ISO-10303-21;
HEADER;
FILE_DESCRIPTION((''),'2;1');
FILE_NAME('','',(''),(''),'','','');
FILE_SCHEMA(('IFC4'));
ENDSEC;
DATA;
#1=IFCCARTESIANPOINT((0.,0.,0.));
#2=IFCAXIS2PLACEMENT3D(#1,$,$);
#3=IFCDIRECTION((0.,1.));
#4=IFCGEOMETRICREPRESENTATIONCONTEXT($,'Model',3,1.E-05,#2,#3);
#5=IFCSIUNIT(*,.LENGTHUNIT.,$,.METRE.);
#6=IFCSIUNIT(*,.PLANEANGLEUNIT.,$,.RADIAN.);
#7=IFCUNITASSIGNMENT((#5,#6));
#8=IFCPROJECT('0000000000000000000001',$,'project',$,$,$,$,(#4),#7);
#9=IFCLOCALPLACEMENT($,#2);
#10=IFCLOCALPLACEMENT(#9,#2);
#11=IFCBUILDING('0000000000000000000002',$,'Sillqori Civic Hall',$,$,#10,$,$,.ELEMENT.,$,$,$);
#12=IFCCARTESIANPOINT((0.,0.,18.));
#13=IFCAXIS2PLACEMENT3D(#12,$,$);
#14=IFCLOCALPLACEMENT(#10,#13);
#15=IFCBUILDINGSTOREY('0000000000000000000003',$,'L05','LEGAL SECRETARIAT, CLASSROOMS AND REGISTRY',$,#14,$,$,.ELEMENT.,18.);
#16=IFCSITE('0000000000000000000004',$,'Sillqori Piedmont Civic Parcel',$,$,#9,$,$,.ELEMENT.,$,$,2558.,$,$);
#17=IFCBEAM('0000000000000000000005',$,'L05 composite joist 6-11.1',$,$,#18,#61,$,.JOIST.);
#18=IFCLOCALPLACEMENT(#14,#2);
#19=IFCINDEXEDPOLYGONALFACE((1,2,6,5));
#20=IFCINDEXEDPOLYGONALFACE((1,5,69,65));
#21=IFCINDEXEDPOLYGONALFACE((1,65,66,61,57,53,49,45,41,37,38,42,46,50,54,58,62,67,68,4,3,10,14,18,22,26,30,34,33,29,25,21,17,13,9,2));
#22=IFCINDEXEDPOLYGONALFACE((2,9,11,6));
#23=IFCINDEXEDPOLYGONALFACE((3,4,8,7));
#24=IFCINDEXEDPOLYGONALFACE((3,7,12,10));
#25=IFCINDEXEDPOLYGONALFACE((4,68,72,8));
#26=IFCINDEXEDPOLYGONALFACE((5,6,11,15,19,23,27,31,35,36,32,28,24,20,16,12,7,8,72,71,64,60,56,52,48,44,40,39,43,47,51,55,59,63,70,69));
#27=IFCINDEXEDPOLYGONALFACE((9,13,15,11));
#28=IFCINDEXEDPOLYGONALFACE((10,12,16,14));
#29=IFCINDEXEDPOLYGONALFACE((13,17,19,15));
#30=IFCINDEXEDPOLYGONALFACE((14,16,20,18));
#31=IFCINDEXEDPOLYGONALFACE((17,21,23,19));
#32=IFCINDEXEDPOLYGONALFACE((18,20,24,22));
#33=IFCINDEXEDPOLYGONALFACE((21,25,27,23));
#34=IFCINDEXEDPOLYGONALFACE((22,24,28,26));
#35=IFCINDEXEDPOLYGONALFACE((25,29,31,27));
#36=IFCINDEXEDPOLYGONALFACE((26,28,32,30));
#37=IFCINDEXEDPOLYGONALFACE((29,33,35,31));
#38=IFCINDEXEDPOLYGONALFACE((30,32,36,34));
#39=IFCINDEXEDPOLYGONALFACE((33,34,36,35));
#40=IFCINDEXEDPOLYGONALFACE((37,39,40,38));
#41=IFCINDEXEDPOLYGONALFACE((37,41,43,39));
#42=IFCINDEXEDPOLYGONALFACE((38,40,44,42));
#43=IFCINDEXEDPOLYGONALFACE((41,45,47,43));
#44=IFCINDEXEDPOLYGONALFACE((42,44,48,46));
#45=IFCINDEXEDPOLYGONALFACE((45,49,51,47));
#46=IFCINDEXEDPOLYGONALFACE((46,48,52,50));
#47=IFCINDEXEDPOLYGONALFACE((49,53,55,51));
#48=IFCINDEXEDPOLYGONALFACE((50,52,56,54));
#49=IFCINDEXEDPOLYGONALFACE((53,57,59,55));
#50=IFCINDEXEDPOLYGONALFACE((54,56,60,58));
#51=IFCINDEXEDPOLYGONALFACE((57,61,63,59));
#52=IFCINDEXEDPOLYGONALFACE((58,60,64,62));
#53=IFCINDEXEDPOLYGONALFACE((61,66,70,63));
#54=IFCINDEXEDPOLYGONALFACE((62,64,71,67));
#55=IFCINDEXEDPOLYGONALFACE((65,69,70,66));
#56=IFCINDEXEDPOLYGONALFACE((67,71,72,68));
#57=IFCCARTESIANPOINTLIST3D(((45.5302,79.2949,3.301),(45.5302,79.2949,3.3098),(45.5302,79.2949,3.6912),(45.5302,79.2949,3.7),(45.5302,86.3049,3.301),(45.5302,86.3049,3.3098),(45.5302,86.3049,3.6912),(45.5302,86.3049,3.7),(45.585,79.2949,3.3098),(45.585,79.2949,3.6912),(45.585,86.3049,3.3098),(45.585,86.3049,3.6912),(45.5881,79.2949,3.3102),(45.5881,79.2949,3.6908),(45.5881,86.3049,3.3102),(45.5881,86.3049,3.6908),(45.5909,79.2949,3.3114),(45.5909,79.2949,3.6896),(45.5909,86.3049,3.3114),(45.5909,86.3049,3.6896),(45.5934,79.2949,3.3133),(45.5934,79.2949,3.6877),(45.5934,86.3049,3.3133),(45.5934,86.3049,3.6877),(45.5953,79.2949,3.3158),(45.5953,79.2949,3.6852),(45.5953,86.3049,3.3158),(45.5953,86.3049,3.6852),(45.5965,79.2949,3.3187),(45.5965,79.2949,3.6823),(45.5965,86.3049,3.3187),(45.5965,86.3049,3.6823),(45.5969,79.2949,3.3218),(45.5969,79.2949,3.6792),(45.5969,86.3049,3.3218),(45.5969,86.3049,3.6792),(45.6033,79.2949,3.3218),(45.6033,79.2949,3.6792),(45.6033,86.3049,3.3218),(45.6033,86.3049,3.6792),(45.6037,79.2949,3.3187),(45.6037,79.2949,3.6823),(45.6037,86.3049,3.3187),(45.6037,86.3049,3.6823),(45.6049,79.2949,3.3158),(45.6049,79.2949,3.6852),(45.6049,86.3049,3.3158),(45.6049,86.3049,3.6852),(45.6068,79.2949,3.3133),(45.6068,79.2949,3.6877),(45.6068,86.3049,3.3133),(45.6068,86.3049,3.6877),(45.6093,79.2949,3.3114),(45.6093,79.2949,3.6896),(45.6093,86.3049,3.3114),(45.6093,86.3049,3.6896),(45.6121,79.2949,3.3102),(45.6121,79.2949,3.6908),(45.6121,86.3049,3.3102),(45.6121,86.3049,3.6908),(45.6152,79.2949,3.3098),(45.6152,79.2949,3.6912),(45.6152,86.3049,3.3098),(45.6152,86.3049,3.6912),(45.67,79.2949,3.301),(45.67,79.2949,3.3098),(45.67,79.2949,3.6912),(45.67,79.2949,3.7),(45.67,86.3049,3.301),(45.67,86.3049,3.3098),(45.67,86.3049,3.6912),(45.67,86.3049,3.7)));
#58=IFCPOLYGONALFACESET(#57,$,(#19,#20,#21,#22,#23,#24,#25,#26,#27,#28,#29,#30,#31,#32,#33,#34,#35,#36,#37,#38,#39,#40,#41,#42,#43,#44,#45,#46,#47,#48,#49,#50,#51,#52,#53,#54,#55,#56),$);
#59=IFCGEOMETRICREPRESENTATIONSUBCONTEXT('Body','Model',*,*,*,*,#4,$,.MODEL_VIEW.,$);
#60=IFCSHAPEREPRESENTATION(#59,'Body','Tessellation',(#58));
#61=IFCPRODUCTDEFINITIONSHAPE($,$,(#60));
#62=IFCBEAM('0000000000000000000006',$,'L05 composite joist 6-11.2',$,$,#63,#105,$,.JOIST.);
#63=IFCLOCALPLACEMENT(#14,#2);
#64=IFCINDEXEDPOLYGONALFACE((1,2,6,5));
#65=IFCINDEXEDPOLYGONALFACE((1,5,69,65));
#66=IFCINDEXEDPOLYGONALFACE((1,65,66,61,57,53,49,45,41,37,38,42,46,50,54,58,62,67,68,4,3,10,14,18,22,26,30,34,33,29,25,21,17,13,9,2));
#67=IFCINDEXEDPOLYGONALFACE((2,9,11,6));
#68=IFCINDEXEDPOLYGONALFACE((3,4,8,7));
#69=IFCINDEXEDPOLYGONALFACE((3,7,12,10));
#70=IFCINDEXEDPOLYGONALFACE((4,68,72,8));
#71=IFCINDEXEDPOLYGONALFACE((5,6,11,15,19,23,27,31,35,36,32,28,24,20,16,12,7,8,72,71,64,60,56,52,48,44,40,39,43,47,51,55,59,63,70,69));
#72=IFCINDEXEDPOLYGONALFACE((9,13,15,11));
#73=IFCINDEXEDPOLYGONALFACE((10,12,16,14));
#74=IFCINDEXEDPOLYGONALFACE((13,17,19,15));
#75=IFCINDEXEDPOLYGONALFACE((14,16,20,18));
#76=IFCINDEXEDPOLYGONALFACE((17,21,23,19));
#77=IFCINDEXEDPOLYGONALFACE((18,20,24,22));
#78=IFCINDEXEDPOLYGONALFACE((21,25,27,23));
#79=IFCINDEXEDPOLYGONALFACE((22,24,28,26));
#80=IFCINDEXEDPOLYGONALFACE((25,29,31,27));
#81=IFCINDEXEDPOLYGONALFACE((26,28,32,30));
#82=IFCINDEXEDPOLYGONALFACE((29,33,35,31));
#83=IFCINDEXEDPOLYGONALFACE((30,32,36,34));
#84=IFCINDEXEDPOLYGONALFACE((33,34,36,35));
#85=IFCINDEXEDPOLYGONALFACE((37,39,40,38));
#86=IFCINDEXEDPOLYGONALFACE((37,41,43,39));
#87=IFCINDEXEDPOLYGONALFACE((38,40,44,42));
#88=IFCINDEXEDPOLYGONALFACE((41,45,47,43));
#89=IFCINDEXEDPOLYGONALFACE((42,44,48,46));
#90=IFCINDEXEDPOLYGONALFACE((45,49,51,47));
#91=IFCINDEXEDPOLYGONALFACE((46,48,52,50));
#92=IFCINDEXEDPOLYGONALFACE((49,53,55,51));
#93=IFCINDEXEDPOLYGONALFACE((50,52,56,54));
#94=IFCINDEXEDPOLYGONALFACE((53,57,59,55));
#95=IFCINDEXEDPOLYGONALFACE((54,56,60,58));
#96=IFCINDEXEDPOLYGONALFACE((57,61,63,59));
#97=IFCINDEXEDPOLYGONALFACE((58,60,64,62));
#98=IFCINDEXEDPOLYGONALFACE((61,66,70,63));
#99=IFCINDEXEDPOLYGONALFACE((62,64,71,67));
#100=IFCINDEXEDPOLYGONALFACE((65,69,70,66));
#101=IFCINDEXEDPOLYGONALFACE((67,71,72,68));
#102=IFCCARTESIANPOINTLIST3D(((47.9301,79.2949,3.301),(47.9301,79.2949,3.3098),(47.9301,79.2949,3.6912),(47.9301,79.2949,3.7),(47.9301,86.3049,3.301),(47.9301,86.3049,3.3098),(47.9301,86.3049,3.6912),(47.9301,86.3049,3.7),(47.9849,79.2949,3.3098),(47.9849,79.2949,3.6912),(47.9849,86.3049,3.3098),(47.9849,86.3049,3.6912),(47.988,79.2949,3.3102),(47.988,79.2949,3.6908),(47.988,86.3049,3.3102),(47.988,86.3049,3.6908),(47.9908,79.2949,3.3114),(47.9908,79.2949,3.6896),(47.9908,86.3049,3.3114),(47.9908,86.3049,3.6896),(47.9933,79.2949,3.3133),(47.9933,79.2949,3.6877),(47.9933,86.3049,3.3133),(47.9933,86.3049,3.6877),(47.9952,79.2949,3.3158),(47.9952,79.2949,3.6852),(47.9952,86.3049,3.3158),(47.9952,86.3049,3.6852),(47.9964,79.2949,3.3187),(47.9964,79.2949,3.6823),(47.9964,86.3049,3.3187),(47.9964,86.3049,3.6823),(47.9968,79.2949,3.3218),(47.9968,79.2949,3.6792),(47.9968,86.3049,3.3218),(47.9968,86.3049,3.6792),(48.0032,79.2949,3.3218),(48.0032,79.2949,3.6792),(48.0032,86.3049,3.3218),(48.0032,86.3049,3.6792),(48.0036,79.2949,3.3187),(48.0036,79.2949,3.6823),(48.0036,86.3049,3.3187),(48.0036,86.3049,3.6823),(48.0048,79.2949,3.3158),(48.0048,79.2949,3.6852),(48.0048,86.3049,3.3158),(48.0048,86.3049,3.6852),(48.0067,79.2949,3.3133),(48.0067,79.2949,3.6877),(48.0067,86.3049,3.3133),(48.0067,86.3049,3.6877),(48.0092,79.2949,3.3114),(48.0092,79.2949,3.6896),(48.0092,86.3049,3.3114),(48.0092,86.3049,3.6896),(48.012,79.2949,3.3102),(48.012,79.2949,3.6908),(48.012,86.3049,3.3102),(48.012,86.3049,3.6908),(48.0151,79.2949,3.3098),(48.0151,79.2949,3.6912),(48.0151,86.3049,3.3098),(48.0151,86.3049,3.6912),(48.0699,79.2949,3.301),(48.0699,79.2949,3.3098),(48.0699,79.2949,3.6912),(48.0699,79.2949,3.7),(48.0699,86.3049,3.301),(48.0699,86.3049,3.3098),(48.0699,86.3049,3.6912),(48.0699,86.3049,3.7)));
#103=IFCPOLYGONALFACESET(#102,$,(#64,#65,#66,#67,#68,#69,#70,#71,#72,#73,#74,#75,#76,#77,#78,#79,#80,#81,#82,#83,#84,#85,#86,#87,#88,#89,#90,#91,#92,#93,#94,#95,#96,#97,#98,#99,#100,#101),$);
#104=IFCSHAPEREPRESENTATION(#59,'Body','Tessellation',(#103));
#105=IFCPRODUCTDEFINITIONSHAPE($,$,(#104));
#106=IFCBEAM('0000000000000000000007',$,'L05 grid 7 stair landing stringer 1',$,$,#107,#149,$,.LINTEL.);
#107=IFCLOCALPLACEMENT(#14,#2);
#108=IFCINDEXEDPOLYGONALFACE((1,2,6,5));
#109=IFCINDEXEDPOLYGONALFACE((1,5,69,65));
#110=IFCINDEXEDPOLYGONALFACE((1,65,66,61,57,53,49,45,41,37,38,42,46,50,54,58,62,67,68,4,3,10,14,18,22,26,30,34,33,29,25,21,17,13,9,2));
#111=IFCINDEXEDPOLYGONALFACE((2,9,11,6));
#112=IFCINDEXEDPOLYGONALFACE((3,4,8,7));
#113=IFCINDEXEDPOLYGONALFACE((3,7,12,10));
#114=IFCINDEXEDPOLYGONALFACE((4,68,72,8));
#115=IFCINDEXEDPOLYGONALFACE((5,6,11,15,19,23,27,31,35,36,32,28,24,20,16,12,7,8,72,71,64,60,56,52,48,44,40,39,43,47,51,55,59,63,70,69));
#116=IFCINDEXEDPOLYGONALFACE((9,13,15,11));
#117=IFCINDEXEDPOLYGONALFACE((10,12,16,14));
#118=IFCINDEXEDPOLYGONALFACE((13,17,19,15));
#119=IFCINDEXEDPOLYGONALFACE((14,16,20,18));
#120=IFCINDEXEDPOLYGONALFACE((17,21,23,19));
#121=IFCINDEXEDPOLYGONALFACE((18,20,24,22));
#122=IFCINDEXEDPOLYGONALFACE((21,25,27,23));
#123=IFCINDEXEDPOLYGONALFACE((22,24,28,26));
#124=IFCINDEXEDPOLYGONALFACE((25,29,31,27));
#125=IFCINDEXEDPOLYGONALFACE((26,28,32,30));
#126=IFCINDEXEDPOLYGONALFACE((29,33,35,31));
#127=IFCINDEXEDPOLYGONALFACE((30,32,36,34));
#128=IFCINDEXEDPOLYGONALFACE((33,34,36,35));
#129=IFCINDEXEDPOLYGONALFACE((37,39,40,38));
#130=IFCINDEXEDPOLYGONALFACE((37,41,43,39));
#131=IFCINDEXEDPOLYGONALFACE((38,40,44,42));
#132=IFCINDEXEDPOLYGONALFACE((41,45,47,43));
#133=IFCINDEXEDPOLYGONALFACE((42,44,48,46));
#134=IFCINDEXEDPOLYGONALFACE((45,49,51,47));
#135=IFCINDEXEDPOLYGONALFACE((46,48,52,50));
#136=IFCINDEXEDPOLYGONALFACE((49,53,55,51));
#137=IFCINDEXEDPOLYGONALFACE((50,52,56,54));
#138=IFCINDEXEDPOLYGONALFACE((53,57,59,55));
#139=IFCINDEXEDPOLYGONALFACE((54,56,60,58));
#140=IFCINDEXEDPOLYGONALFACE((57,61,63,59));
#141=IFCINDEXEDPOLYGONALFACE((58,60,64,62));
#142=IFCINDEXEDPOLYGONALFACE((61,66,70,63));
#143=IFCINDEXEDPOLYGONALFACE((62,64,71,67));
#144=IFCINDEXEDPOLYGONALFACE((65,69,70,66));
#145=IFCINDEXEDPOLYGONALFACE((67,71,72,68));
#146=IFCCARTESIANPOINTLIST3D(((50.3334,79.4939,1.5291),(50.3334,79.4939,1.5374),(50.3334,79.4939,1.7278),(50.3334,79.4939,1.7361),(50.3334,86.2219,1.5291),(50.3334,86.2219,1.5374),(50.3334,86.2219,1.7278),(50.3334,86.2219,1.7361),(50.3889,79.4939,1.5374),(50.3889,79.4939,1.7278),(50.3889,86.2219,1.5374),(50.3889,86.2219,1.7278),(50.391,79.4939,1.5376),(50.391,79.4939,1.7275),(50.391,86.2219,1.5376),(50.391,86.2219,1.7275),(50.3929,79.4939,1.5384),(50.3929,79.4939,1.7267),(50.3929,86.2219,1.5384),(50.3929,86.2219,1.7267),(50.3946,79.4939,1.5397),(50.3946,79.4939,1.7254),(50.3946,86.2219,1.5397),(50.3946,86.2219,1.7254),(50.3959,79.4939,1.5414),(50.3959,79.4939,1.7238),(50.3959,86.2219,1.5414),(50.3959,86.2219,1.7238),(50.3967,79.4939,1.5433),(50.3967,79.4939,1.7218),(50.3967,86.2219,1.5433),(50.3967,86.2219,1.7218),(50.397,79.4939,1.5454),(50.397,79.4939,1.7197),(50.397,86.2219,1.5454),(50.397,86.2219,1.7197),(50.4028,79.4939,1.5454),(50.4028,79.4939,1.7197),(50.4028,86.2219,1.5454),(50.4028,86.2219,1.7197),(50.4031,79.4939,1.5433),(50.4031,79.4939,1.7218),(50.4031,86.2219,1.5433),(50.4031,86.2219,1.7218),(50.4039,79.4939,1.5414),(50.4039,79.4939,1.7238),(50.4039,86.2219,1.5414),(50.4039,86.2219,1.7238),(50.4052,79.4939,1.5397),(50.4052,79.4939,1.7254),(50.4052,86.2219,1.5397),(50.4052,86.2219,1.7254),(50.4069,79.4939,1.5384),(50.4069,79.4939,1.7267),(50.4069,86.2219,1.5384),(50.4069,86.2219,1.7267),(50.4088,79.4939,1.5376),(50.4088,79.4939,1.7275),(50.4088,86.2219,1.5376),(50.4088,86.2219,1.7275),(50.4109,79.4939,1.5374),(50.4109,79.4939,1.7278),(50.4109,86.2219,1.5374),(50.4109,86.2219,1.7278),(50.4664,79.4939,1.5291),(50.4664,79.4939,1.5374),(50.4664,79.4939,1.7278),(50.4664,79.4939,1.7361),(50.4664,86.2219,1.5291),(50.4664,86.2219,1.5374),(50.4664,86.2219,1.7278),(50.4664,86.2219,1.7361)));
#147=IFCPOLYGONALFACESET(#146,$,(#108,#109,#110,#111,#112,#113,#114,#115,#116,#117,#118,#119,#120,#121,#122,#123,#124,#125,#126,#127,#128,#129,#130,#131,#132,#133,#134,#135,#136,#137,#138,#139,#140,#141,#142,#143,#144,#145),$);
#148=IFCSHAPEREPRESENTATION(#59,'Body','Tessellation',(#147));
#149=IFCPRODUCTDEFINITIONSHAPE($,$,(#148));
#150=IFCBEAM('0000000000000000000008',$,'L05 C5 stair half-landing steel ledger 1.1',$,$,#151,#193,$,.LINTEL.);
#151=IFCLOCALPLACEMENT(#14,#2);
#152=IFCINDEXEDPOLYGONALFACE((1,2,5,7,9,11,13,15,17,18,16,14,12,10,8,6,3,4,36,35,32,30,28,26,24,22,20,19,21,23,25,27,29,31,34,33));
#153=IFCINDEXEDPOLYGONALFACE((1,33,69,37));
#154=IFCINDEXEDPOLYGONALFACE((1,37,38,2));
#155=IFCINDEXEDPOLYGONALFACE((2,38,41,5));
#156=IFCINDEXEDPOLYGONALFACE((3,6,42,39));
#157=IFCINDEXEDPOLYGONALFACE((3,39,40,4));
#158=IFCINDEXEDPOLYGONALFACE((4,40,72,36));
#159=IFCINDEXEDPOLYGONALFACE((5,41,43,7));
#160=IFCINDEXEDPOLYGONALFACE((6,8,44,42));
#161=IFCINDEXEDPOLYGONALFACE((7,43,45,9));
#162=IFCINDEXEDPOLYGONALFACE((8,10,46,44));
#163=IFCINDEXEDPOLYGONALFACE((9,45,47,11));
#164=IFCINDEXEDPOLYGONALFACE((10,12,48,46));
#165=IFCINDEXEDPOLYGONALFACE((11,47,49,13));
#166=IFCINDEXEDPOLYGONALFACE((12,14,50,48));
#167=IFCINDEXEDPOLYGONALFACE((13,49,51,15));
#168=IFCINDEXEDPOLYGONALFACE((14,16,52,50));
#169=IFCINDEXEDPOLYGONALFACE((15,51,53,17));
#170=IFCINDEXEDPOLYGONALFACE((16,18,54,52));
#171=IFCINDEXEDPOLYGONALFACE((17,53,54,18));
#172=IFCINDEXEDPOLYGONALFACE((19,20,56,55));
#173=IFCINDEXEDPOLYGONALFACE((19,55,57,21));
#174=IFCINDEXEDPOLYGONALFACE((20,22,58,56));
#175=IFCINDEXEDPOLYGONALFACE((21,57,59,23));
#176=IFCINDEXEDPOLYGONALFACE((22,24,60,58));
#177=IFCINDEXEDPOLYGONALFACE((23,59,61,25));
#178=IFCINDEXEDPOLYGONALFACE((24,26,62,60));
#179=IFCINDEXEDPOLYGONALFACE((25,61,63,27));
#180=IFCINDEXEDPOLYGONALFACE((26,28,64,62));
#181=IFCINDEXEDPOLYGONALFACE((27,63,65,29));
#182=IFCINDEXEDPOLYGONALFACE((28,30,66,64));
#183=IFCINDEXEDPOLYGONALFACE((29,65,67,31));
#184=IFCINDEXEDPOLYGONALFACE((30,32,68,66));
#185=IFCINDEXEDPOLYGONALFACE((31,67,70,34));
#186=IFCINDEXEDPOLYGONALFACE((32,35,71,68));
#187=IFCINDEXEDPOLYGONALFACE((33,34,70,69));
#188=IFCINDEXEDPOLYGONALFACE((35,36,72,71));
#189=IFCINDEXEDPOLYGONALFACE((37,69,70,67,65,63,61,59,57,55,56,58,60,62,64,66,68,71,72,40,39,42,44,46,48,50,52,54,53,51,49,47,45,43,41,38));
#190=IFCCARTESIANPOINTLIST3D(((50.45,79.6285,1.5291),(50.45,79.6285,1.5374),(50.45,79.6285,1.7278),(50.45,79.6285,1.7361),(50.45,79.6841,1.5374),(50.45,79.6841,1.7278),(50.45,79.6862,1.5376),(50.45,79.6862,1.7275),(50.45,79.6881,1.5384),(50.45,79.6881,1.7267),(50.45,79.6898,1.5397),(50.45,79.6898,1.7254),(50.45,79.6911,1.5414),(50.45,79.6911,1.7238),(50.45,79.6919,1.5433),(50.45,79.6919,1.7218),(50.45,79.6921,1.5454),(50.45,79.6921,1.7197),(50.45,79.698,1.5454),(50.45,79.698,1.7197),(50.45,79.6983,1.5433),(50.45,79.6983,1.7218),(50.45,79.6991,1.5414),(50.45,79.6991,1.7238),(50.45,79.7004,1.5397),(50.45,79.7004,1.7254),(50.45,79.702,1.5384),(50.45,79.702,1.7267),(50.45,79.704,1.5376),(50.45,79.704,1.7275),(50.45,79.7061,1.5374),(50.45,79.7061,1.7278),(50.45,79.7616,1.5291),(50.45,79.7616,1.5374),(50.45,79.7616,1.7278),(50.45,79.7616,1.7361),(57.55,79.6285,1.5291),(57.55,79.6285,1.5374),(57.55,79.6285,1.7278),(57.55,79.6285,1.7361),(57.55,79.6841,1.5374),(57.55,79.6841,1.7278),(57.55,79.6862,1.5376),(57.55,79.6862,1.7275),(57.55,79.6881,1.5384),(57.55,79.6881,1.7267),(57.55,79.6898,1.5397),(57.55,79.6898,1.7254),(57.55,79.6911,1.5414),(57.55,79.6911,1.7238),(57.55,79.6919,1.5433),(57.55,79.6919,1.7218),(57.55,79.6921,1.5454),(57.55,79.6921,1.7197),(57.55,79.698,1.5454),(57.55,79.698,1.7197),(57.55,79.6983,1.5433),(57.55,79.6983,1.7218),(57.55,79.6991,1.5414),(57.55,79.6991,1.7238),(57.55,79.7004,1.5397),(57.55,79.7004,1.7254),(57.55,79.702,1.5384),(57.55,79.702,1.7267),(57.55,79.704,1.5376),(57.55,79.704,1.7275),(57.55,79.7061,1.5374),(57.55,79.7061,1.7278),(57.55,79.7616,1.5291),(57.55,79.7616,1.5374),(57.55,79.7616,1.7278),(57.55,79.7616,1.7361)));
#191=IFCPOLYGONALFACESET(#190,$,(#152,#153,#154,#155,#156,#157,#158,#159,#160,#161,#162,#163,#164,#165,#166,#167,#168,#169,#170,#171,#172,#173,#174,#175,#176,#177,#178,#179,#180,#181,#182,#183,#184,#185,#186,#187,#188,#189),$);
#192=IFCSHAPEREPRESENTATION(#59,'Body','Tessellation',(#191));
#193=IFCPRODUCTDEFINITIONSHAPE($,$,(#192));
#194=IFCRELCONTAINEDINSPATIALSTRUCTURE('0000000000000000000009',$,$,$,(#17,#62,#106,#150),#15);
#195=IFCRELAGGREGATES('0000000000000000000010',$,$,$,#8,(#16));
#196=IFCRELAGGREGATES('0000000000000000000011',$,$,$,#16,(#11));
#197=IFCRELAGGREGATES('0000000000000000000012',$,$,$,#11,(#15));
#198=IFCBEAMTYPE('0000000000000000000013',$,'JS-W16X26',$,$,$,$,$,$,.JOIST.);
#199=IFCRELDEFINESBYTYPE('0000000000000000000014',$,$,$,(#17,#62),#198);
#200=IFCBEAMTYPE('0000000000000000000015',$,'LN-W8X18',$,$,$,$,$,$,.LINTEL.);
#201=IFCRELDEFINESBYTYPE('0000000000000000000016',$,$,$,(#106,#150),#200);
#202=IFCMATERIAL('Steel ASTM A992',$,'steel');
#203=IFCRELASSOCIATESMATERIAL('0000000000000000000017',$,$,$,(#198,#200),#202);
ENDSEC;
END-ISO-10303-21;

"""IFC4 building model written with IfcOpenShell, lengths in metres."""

from ifc_helpers import new_model, si_unit, direction, frame, origin, origin_2d, place, context, subcontext, project, spatial, i_section, extrude, material, material_profile, profile_set, type_object, element, save


model = new_model("IFC4")

# Units and contexts
model_context = context("Model", 3, precision=1e-05, world=origin(), true_north=direction((0.0, 1.0)))
body_context = subcontext(model_context, "Body", "Model", "MODEL_VIEW")
ifc_project = project(units=[si_unit("LENGTHUNIT", "METRE"), si_unit("PLANEANGLEUNIT", "RADIAN")], contexts=[model_context])

# Site, building, storey
site_placement = place(None, origin())
site = spatial("IfcSite", under=ifc_project, at=site_placement, Name="Sillqori Piedmont Civic Parcel", CompositionType="ELEMENT", RefElevation=2558.0)
building_placement = place(site_placement, origin())
building = spatial("IfcBuilding", under=site, at=building_placement, Name="Sillqori Civic Hall", CompositionType="ELEMENT")
storey_placement = place(building_placement, frame((0.0, 0.0, 18.0)))
storey = spatial("IfcBuildingStorey", under=building, at=storey_placement, Name="L05", Description="LEGAL SECRETARIAT, CLASSROOMS AND REGISTRY", CompositionType="ELEMENT", Elevation=18.0)

# Shared definitions
ifc_material_1 = material(Name="Steel ASTM A992", Category="steel")

# Beams
ifc_material_profile_1 = material_profile(ifc_material_1, i_section(OverallWidth=0.1399, OverallDepth=0.3989, WebThickness=0.0063, FlangeThickness=0.0088, FilletRadius=0.012, at=origin_2d()), Name="W16X26")
ifc_profile_set_1 = profile_set([ifc_material_profile_1], Name="Steel ASTM A992")
beam_type_1 = type_object("IfcBeamType", Name="JS-W16X26", PredefinedType="JOIST", material=ifc_profile_set_1)
for number, where, z_axis, x_axis, name in (
    (1, (45.6001, 79.2949, 3.5005), (0.0, 1.0, 0.0), (-1.0, 0.0, 0.0), "L05 composite joist 6-11.1"),
    (2, (48.0, 79.2949, 3.5005), (0.0, 1.0, 0.0), (-1.0, 0.0, 0.0), "L05 composite joist 6-11.2"),
):
    element("IfcBeam", number, at=place(storey_placement, frame(where, z_axis=z_axis, x_axis=x_axis)), inside=storey, type_object=beam_type_1, Name=name, PredefinedType="JOIST", context=body_context, shape_type="SweptSolid", body=[
        extrude(i_section(OverallWidth=0.1399, OverallDepth=0.3989, WebThickness=0.0063, FlangeThickness=0.0088, FilletRadius=0.012, at=origin_2d()), origin(), (0.0, 0.0, 1.0), 7.01),
    ])
ifc_material_profile_2 = material_profile(ifc_material_1, i_section(OverallWidth=0.1331, OverallDepth=0.207, WebThickness=0.0059, FlangeThickness=0.0083, FilletRadius=0.0081, at=origin_2d()), Name="W8X18")
ifc_profile_set_2 = profile_set([ifc_material_profile_2], Name="Steel ASTM A992")
beam_type_2 = type_object("IfcBeamType", Name="LN-W8X18", PredefinedType="LINTEL", material=ifc_profile_set_2)
beam_1_placement = place(storey_placement, frame((50.3999, 79.4939, 1.6326), z_axis=(0.0, 1.0, 0.0), x_axis=(-1.0, 0.0, 0.0)))
element("IfcBeam", 3, at=beam_1_placement, inside=storey, type_object=beam_type_2, Name="L05 grid 7 stair landing stringer 1", PredefinedType="LINTEL", context=body_context, shape_type="SweptSolid", body=[
    extrude(i_section(OverallWidth=0.1331, OverallDepth=0.207, WebThickness=0.0059, FlangeThickness=0.0083, FilletRadius=0.0081, at=origin_2d()), origin(), (0.0, 0.0, 1.0), 6.728),
])
for number, where, z_axis, x_axis, name in (
    (4, (50.45, 79.6951, 1.6326), (1.0, 0.0, 0.0), (0.0, 1.0, 0.0), "L05 C5 stair half-landing steel ledger 1.1"),
):
    element("IfcBeam", number, at=place(storey_placement, frame(where, z_axis=z_axis, x_axis=x_axis)), inside=storey, type_object=beam_type_2, Name=name, PredefinedType="LINTEL", context=body_context, shape_type="SweptSolid", body=[
        extrude(i_section(OverallWidth=0.1331, OverallDepth=0.207, WebThickness=0.0059, FlangeThickness=0.0083, FilletRadius=0.0081, at=origin_2d()), origin(), (0.0, 0.0, 1.0), 7.1001),
    ])

save(model, "model.ifc")
